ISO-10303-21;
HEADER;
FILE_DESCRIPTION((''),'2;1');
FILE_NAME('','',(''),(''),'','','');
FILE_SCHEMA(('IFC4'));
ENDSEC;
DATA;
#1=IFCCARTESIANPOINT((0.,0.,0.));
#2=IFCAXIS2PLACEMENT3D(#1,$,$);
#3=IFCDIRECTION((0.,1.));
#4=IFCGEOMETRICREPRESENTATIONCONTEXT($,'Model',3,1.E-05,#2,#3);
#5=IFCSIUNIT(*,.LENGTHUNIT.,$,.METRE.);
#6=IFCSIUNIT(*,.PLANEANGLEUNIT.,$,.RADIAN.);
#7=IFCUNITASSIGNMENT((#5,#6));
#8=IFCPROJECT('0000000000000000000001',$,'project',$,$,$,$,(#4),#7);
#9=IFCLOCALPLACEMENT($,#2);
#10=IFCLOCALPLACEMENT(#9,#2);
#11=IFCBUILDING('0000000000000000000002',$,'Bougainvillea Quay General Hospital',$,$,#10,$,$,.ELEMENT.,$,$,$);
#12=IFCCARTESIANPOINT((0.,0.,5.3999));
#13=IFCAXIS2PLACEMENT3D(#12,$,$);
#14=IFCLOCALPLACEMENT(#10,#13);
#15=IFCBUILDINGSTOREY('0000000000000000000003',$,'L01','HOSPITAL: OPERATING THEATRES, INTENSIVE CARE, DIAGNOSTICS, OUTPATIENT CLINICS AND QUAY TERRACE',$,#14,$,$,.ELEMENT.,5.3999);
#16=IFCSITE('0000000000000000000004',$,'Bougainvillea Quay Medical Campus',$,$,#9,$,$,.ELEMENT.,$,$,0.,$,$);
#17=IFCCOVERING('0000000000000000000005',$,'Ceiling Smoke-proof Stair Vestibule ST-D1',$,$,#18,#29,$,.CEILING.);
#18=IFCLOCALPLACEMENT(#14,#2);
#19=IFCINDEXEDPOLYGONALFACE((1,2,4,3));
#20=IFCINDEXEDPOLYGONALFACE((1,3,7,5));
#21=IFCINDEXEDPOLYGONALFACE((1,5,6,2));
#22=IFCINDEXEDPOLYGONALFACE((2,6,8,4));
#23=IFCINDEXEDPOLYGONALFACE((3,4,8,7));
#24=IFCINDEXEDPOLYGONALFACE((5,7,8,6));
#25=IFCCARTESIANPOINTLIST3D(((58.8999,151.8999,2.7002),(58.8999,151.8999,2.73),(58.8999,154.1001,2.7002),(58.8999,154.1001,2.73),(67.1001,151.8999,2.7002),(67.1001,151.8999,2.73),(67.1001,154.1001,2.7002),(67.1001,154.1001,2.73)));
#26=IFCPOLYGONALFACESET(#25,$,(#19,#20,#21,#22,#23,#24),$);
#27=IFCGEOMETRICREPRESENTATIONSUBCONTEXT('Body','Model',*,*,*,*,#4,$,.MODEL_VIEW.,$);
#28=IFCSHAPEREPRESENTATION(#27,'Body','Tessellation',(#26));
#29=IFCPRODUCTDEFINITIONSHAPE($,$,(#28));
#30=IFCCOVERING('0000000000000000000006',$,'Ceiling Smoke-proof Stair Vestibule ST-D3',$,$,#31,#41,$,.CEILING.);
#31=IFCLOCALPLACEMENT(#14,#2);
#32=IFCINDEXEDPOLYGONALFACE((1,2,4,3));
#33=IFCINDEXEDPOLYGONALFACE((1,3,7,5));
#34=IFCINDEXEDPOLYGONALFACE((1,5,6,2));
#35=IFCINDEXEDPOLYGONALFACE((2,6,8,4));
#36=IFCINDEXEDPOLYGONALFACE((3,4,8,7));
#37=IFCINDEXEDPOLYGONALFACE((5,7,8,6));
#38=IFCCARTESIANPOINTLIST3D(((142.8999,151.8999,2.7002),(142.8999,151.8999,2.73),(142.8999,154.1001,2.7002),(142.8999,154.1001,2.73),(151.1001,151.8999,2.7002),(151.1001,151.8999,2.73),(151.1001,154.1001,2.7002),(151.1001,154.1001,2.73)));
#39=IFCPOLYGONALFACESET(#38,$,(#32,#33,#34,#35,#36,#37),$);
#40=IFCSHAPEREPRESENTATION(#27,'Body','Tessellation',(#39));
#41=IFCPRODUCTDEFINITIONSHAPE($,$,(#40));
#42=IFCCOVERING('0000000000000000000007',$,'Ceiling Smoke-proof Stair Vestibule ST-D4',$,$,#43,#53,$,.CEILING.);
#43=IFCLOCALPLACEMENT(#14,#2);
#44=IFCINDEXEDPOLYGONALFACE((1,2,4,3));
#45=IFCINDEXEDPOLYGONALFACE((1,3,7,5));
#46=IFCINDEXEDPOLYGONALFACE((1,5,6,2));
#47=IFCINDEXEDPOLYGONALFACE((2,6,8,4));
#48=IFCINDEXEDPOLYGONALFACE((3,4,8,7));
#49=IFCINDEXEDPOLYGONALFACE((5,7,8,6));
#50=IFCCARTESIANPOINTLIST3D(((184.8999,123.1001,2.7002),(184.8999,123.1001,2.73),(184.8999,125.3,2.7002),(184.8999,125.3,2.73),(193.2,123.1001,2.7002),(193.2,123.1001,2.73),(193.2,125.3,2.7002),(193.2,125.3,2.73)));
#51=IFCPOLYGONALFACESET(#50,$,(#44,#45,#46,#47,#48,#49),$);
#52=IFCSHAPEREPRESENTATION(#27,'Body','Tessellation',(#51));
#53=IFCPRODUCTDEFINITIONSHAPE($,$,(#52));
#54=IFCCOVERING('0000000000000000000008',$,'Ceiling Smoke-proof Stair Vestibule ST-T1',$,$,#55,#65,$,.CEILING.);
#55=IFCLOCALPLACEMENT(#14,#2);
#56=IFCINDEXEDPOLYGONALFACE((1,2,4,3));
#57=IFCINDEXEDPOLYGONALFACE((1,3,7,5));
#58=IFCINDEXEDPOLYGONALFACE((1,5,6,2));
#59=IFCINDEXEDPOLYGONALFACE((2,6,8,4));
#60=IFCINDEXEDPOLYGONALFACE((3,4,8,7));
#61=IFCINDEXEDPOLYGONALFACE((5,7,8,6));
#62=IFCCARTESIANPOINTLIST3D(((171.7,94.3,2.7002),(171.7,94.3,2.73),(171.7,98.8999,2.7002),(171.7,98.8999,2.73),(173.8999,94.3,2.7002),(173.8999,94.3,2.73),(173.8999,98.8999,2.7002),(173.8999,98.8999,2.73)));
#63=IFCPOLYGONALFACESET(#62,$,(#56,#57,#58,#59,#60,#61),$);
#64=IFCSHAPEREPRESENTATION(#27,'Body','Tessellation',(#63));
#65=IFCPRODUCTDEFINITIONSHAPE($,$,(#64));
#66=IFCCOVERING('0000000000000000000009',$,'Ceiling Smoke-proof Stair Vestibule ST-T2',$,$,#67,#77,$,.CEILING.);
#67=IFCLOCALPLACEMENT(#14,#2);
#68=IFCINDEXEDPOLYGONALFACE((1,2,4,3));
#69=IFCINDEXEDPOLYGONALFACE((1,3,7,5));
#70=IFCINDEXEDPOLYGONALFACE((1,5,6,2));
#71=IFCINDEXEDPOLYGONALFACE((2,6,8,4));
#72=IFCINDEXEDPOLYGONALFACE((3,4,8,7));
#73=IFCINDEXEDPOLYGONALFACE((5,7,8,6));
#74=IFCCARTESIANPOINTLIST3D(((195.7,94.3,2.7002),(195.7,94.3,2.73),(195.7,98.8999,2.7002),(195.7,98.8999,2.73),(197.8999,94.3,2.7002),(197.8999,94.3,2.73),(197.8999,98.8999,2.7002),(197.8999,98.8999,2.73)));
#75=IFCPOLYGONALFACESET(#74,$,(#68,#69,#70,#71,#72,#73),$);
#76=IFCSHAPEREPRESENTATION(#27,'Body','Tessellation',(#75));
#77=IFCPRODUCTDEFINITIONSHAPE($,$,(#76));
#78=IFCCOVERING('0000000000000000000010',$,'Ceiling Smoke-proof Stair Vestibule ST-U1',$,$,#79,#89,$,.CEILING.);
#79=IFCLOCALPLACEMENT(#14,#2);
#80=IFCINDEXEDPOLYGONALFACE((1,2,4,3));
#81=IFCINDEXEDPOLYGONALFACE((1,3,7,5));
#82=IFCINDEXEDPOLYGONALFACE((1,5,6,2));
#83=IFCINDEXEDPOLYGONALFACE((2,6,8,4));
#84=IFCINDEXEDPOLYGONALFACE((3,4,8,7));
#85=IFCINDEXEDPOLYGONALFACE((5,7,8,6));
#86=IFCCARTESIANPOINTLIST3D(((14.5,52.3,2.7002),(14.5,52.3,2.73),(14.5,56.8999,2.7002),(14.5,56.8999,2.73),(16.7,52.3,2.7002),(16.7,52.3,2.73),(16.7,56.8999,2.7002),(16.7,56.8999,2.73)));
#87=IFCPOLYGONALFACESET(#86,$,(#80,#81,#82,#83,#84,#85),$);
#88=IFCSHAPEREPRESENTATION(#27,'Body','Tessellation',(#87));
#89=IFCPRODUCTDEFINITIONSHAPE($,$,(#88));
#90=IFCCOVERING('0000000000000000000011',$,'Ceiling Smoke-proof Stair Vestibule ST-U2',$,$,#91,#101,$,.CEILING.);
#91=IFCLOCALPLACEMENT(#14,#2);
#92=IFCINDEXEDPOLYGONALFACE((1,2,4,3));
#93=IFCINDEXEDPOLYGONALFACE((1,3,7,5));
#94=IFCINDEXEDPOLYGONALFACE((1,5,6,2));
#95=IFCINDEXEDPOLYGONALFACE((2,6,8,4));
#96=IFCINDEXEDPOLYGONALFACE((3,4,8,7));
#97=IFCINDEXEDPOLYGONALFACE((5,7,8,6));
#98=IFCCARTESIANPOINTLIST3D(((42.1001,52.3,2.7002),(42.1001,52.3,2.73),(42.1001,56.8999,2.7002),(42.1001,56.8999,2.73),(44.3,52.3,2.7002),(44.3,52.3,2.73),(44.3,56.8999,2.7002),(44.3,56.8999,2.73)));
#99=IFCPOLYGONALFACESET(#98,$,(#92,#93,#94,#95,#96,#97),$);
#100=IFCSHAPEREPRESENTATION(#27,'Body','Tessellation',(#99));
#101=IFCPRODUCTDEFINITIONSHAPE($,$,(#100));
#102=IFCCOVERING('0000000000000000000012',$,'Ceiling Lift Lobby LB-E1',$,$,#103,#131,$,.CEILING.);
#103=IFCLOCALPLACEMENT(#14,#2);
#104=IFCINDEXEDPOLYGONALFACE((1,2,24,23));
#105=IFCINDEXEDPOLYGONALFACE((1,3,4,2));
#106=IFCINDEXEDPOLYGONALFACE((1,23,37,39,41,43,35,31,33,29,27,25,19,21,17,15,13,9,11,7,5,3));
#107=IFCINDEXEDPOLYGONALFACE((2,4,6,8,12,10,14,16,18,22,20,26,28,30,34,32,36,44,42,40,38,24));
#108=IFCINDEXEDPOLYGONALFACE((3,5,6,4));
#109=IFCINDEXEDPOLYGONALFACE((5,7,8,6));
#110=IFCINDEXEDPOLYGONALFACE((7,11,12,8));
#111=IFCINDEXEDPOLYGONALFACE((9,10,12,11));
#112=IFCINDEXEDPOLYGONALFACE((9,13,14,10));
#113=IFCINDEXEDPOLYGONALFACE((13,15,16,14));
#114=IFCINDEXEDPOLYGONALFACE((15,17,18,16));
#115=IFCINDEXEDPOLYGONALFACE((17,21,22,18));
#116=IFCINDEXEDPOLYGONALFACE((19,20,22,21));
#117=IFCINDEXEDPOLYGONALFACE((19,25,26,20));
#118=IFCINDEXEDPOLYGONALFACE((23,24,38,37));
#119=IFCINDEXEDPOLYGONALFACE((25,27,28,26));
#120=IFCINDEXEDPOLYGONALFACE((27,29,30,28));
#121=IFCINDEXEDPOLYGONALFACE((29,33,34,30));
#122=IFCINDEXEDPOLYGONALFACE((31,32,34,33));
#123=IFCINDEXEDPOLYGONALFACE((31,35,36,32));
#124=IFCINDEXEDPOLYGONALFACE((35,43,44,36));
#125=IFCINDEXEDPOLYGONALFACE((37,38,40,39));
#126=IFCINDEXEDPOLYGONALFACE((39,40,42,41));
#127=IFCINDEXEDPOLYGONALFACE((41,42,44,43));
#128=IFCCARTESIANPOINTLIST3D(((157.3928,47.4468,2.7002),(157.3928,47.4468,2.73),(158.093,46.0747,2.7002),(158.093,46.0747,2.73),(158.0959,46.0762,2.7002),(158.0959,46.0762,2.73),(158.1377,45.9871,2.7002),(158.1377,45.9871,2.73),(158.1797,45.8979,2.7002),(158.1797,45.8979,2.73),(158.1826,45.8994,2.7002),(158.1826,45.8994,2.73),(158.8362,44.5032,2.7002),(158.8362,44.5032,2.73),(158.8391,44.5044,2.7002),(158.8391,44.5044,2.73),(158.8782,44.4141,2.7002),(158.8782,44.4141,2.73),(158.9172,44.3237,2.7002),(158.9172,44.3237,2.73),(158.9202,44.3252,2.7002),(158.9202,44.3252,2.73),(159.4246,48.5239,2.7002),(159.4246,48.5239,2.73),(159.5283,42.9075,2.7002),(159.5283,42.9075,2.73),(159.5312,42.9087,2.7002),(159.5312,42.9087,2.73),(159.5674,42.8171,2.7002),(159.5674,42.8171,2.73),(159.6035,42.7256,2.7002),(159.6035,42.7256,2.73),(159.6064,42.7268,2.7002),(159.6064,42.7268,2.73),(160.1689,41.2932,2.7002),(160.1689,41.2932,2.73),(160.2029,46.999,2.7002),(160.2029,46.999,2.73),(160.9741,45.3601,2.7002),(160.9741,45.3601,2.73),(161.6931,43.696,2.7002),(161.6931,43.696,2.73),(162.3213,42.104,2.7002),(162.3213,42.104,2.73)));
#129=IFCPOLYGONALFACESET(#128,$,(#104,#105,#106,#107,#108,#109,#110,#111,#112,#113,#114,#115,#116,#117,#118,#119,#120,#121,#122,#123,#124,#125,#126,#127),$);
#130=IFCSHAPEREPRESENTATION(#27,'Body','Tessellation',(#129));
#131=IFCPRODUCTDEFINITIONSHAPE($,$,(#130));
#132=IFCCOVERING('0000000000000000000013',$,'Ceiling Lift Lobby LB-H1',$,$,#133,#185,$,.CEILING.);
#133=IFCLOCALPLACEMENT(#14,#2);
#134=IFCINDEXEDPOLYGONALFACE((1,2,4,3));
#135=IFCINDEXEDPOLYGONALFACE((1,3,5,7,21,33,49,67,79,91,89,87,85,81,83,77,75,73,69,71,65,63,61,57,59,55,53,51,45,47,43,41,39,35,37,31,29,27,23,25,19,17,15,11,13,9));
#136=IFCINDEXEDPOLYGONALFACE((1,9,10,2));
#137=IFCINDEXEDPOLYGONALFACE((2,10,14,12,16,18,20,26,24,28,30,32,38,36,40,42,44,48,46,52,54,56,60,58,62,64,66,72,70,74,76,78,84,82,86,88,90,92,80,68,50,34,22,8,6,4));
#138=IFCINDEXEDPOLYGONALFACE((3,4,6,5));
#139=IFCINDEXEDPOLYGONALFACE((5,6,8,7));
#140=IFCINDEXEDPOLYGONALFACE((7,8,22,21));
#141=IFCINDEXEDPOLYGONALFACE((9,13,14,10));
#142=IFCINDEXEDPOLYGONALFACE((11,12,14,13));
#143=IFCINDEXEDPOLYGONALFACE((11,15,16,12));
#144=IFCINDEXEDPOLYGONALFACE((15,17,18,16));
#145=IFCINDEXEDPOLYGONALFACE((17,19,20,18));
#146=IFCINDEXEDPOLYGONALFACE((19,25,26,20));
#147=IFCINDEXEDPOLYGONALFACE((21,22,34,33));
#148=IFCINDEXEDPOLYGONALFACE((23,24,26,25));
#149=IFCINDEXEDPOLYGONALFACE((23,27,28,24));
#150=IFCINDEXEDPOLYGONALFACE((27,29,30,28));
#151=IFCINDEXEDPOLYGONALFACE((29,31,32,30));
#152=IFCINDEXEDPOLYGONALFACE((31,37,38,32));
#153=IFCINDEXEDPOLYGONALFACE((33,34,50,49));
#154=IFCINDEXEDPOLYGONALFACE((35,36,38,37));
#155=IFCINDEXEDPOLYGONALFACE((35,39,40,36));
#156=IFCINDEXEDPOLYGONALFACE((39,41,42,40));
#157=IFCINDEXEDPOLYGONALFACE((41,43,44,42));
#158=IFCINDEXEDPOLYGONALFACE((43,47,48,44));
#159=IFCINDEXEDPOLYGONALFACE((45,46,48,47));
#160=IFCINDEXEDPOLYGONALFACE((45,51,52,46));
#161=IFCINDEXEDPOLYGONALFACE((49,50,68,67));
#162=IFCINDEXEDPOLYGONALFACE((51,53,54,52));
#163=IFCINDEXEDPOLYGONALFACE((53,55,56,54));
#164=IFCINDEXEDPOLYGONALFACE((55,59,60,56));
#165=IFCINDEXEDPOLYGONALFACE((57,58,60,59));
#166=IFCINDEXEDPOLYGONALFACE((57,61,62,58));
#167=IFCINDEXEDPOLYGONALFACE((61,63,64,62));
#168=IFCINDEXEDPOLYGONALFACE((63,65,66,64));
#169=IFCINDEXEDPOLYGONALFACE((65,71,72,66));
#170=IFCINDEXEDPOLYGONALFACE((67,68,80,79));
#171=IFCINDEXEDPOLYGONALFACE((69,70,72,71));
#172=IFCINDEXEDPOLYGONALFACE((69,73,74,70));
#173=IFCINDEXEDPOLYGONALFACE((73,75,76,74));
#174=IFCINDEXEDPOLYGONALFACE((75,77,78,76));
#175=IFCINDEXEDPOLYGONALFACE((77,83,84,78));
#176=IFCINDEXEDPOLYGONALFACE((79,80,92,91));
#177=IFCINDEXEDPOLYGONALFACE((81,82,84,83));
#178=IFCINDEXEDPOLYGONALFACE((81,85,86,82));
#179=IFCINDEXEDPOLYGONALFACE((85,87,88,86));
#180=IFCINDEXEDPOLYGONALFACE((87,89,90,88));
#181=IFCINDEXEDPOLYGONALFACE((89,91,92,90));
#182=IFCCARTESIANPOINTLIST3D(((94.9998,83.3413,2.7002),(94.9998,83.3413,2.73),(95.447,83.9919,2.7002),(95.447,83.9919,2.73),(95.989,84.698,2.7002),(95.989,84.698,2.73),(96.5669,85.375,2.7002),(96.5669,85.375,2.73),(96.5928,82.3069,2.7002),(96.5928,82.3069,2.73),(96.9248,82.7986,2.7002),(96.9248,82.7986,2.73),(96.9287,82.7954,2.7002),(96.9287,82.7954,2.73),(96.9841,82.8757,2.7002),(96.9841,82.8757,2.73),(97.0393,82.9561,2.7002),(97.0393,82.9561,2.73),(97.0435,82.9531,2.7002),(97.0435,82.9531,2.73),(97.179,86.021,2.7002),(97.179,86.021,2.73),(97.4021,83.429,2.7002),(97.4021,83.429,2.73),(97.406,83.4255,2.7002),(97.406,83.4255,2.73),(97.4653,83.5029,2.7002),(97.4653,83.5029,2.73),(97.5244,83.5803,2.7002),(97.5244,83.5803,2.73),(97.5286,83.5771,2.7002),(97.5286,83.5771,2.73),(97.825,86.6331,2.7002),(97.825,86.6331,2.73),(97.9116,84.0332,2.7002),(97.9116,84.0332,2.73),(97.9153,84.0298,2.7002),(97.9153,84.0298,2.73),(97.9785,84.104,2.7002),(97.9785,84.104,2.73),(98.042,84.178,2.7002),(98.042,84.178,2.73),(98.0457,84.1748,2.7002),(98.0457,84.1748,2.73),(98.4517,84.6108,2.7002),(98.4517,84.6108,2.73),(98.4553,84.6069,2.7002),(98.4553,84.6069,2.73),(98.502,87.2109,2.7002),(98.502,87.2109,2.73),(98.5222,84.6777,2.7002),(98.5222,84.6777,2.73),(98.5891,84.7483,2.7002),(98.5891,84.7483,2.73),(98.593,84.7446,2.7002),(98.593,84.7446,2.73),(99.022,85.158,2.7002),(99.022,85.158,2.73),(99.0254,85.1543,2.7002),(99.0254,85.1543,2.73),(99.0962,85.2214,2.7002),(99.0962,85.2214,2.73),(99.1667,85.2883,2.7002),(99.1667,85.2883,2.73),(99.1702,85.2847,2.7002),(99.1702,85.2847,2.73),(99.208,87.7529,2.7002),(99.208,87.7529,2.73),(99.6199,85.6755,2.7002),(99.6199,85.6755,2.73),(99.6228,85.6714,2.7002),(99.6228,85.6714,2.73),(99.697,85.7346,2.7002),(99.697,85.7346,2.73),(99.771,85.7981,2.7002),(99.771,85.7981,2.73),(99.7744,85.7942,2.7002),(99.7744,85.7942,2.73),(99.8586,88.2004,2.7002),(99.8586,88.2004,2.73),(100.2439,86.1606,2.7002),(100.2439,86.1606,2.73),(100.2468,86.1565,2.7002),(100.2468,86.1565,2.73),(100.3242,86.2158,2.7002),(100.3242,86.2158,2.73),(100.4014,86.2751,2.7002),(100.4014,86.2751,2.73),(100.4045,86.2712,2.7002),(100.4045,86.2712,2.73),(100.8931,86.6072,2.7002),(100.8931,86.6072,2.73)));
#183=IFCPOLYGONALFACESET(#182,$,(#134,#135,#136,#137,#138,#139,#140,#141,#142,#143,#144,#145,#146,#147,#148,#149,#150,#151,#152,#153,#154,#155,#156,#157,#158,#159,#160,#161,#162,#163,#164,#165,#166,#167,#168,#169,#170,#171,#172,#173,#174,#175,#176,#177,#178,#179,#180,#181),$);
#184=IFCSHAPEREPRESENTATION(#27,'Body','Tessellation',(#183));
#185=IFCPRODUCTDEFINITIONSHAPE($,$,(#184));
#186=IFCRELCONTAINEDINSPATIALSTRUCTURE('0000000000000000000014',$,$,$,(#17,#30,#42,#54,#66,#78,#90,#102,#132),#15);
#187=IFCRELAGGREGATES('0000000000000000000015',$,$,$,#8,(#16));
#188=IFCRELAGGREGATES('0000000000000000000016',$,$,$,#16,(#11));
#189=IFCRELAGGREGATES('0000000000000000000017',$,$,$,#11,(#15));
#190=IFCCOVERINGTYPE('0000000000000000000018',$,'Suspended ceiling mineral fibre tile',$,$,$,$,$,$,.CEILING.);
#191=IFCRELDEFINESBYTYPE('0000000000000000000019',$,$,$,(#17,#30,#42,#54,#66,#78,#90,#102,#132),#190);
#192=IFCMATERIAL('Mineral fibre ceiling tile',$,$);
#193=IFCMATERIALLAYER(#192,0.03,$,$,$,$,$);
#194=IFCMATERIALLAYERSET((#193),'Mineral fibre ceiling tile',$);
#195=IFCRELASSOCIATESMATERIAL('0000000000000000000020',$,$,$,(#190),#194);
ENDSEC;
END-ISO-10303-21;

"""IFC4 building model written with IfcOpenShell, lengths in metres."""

from ifc_helpers import new_model, si_unit, direction, frame, origin, place, context, subcontext, project, spatial, polyline, outline, extrude, material, layer, layer_set, type_object, element, save


model = new_model("IFC4")

# Units and contexts
model_context = context("Model", 3, precision=1e-05, world=origin(), true_north=direction((0.0, 1.0)))
body_context = subcontext(model_context, "Body", "Model", "MODEL_VIEW")
ifc_project = project(units=[si_unit("LENGTHUNIT", "METRE"), si_unit("PLANEANGLEUNIT", "RADIAN")], contexts=[model_context])

# Site, building, storey
site_placement = place(None, origin())
site = spatial("IfcSite", under=ifc_project, at=site_placement, Name="Bougainvillea Quay Medical Campus", CompositionType="ELEMENT", RefElevation=0.0)
building_placement = place(site_placement, origin())
building = spatial("IfcBuilding", under=site, at=building_placement, Name="Bougainvillea Quay General Hospital", CompositionType="ELEMENT")
storey_placement = place(building_placement, frame((0.0, 0.0, 5.3999)))
storey = spatial("IfcBuildingStorey", under=building, at=storey_placement, Name="L01", Description="HOSPITAL: OPERATING THEATRES, INTENSIVE CARE, DIAGNOSTICS, OUTPATIENT CLINICS AND QUAY TERRACE", CompositionType="ELEMENT", Elevation=5.3999)

# Coverings
ifc_material = material(Name="Mineral fibre ceiling tile")
ifc_layer = layer(ifc_material, 0.03)
ifc_layer_set = layer_set([ifc_layer], Name="Mineral fibre ceiling tile")
covering_type = type_object("IfcCoveringType", Name="Suspended ceiling mineral fibre tile", PredefinedType="CEILING", material=ifc_layer_set)
covering_1_placement = place(storey_placement, frame((0.0, 0.0, 2.7002)))
element("IfcCovering", 1, at=covering_1_placement, inside=storey, type_object=covering_type, Name="Ceiling Smoke-proof Stair Vestibule ST-D1", PredefinedType="CEILING", context=body_context, shape_type="SweptSolid", body=[
    extrude(outline(polyline([(67.1001, 154.1001), (58.8999, 154.1001), (58.8999, 151.8999), (67.1001, 151.8999), (67.1001, 154.1001)])), origin(), (0.0, 0.0, 1.0), 0.0298),
])
covering_2_placement = place(storey_placement, frame((0.0, 0.0, 2.7002)))
element("IfcCovering", 2, at=covering_2_placement, inside=storey, type_object=covering_type, Name="Ceiling Smoke-proof Stair Vestibule ST-D3", PredefinedType="CEILING", context=body_context, shape_type="SweptSolid", body=[
    extrude(outline(polyline([(151.1001, 151.8999), (151.1001, 154.1001), (142.8999, 154.1001), (142.8999, 151.8999), (151.1001, 151.8999)])), origin(), (0.0, 0.0, 1.0), 0.0298),
])
covering_3_placement = place(storey_placement, frame((0.0, 0.0, 2.7002)))
element("IfcCovering", 3, at=covering_3_placement, inside=storey, type_object=covering_type, Name="Ceiling Smoke-proof Stair Vestibule ST-D4", PredefinedType="CEILING", context=body_context, shape_type="SweptSolid", body=[
    extrude(outline(polyline([(193.2, 125.3), (184.8999, 125.3), (184.8999, 123.1001), (193.2, 123.1001), (193.2, 125.3)])), origin(), (0.0, 0.0, 1.0), 0.0298),
])
covering_4_placement = place(storey_placement, frame((0.0, 0.0, 2.7002)))
element("IfcCovering", 4, at=covering_4_placement, inside=storey, type_object=covering_type, Name="Ceiling Smoke-proof Stair Vestibule ST-T1", PredefinedType="CEILING", context=body_context, shape_type="SweptSolid", body=[
    extrude(outline(polyline([(171.7, 98.8999), (171.7, 94.3), (173.8999, 94.3), (173.8999, 98.8999), (171.7, 98.8999)])), origin(), (0.0, 0.0, 1.0), 0.0298),
])
covering_5_placement = place(storey_placement, frame((0.0, 0.0, 2.7002)))
element("IfcCovering", 5, at=covering_5_placement, inside=storey, type_object=covering_type, Name="Ceiling Smoke-proof Stair Vestibule ST-T2", PredefinedType="CEILING", context=body_context, shape_type="SweptSolid", body=[
    extrude(outline(polyline([(195.7, 94.3), (197.8999, 94.3), (197.8999, 98.8999), (195.7, 98.8999), (195.7, 94.3)])), origin(), (0.0, 0.0, 1.0), 0.0298),
])
covering_6_placement = place(storey_placement, frame((0.0, 0.0, 2.7002)))
element("IfcCovering", 6, at=covering_6_placement, inside=storey, type_object=covering_type, Name="Ceiling Smoke-proof Stair Vestibule ST-U1", PredefinedType="CEILING", context=body_context, shape_type="SweptSolid", body=[
    extrude(outline(polyline([(14.5, 56.8999), (14.5, 52.3), (16.7, 52.3), (16.7, 56.8999), (14.5, 56.8999)])), origin(), (0.0, 0.0, 1.0), 0.0298),
])
covering_7_placement = place(storey_placement, frame((0.0, 0.0, 2.7002)))
element("IfcCovering", 7, at=covering_7_placement, inside=storey, type_object=covering_type, Name="Ceiling Smoke-proof Stair Vestibule ST-U2", PredefinedType="CEILING", context=body_context, shape_type="SweptSolid", body=[
    extrude(outline(polyline([(44.3, 52.3), (44.3, 56.8999), (42.1001, 56.8999), (42.1001, 52.3), (44.3, 52.3)])), origin(), (0.0, 0.0, 1.0), 0.0298),
])
covering_8_placement = place(storey_placement, frame((0.0, 0.0, 2.7002)))
element("IfcCovering", 8, at=covering_8_placement, inside=storey, type_object=covering_type, Name="Ceiling Lift Lobby LB-E1", PredefinedType="CEILING", context=body_context, shape_type="SweptSolid", body=[
    extrude(outline(polyline([(159.4246, 48.5239), (157.3928, 47.4468), (158.093, 46.0747), (158.0959, 46.0762), (158.1377, 45.9871), (158.1826, 45.8994), (158.1797, 45.8979), (158.8362, 44.5032), (158.8391, 44.5044), (158.8782, 44.4141), (158.9202, 44.3252), (158.9172, 44.3237), (159.5283, 42.9075), (159.5312, 42.9087), (159.5674, 42.8171), (159.6064, 42.7268), (159.6035, 42.7256), (160.1689, 41.2932), (162.3213, 42.104), (161.6931, 43.696), (160.9741, 45.3601), (160.2029, 46.999), (159.4246, 48.5239)])), origin(), (0.0, 0.0, 1.0), 0.0298),
])
covering_9_placement = place(storey_placement, frame((0.0, 0.0, 2.7002)))
element("IfcCovering", 9, at=covering_9_placement, inside=storey, type_object=covering_type, Name="Ceiling Lift Lobby LB-H1", PredefinedType="CEILING", context=body_context, shape_type="SweptSolid", body=[
    extrude(outline(polyline([(94.9998, 83.3413), (96.5928, 82.3069), (96.9287, 82.7954), (96.9248, 82.7986), (96.9841, 82.8757), (97.0393, 82.9561), (97.0435, 82.9531), (97.406, 83.4255), (97.4021, 83.429), (97.4653, 83.5029), (97.5244, 83.5803), (97.5286, 83.5771), (97.9153, 84.0298), (97.9116, 84.0332), (97.9785, 84.104), (98.042, 84.178), (98.0457, 84.1748), (98.4553, 84.6069), (98.4517, 84.6108), (98.5222, 84.6777), (98.5891, 84.7483), (98.593, 84.7446), (99.0254, 85.1543), (99.022, 85.158), (99.0962, 85.2214), (99.1667, 85.2883), (99.1702, 85.2847), (99.6228, 85.6714), (99.6199, 85.6755), (99.697, 85.7346), (99.771, 85.7981), (99.7744, 85.7942), (100.2468, 86.1565), (100.2439, 86.1606), (100.3242, 86.2158), (100.4014, 86.2751), (100.4045, 86.2712), (100.8931, 86.6072), (99.8586, 88.2004), (99.208, 87.7529), (98.502, 87.2109), (97.825, 86.6331), (97.179, 86.021), (96.5669, 85.375), (95.989, 84.698), (95.447, 83.9919), (94.9998, 83.3413)])), origin(), (0.0, 0.0, 1.0), 0.0298),
])

save(model, "model.ifc")
